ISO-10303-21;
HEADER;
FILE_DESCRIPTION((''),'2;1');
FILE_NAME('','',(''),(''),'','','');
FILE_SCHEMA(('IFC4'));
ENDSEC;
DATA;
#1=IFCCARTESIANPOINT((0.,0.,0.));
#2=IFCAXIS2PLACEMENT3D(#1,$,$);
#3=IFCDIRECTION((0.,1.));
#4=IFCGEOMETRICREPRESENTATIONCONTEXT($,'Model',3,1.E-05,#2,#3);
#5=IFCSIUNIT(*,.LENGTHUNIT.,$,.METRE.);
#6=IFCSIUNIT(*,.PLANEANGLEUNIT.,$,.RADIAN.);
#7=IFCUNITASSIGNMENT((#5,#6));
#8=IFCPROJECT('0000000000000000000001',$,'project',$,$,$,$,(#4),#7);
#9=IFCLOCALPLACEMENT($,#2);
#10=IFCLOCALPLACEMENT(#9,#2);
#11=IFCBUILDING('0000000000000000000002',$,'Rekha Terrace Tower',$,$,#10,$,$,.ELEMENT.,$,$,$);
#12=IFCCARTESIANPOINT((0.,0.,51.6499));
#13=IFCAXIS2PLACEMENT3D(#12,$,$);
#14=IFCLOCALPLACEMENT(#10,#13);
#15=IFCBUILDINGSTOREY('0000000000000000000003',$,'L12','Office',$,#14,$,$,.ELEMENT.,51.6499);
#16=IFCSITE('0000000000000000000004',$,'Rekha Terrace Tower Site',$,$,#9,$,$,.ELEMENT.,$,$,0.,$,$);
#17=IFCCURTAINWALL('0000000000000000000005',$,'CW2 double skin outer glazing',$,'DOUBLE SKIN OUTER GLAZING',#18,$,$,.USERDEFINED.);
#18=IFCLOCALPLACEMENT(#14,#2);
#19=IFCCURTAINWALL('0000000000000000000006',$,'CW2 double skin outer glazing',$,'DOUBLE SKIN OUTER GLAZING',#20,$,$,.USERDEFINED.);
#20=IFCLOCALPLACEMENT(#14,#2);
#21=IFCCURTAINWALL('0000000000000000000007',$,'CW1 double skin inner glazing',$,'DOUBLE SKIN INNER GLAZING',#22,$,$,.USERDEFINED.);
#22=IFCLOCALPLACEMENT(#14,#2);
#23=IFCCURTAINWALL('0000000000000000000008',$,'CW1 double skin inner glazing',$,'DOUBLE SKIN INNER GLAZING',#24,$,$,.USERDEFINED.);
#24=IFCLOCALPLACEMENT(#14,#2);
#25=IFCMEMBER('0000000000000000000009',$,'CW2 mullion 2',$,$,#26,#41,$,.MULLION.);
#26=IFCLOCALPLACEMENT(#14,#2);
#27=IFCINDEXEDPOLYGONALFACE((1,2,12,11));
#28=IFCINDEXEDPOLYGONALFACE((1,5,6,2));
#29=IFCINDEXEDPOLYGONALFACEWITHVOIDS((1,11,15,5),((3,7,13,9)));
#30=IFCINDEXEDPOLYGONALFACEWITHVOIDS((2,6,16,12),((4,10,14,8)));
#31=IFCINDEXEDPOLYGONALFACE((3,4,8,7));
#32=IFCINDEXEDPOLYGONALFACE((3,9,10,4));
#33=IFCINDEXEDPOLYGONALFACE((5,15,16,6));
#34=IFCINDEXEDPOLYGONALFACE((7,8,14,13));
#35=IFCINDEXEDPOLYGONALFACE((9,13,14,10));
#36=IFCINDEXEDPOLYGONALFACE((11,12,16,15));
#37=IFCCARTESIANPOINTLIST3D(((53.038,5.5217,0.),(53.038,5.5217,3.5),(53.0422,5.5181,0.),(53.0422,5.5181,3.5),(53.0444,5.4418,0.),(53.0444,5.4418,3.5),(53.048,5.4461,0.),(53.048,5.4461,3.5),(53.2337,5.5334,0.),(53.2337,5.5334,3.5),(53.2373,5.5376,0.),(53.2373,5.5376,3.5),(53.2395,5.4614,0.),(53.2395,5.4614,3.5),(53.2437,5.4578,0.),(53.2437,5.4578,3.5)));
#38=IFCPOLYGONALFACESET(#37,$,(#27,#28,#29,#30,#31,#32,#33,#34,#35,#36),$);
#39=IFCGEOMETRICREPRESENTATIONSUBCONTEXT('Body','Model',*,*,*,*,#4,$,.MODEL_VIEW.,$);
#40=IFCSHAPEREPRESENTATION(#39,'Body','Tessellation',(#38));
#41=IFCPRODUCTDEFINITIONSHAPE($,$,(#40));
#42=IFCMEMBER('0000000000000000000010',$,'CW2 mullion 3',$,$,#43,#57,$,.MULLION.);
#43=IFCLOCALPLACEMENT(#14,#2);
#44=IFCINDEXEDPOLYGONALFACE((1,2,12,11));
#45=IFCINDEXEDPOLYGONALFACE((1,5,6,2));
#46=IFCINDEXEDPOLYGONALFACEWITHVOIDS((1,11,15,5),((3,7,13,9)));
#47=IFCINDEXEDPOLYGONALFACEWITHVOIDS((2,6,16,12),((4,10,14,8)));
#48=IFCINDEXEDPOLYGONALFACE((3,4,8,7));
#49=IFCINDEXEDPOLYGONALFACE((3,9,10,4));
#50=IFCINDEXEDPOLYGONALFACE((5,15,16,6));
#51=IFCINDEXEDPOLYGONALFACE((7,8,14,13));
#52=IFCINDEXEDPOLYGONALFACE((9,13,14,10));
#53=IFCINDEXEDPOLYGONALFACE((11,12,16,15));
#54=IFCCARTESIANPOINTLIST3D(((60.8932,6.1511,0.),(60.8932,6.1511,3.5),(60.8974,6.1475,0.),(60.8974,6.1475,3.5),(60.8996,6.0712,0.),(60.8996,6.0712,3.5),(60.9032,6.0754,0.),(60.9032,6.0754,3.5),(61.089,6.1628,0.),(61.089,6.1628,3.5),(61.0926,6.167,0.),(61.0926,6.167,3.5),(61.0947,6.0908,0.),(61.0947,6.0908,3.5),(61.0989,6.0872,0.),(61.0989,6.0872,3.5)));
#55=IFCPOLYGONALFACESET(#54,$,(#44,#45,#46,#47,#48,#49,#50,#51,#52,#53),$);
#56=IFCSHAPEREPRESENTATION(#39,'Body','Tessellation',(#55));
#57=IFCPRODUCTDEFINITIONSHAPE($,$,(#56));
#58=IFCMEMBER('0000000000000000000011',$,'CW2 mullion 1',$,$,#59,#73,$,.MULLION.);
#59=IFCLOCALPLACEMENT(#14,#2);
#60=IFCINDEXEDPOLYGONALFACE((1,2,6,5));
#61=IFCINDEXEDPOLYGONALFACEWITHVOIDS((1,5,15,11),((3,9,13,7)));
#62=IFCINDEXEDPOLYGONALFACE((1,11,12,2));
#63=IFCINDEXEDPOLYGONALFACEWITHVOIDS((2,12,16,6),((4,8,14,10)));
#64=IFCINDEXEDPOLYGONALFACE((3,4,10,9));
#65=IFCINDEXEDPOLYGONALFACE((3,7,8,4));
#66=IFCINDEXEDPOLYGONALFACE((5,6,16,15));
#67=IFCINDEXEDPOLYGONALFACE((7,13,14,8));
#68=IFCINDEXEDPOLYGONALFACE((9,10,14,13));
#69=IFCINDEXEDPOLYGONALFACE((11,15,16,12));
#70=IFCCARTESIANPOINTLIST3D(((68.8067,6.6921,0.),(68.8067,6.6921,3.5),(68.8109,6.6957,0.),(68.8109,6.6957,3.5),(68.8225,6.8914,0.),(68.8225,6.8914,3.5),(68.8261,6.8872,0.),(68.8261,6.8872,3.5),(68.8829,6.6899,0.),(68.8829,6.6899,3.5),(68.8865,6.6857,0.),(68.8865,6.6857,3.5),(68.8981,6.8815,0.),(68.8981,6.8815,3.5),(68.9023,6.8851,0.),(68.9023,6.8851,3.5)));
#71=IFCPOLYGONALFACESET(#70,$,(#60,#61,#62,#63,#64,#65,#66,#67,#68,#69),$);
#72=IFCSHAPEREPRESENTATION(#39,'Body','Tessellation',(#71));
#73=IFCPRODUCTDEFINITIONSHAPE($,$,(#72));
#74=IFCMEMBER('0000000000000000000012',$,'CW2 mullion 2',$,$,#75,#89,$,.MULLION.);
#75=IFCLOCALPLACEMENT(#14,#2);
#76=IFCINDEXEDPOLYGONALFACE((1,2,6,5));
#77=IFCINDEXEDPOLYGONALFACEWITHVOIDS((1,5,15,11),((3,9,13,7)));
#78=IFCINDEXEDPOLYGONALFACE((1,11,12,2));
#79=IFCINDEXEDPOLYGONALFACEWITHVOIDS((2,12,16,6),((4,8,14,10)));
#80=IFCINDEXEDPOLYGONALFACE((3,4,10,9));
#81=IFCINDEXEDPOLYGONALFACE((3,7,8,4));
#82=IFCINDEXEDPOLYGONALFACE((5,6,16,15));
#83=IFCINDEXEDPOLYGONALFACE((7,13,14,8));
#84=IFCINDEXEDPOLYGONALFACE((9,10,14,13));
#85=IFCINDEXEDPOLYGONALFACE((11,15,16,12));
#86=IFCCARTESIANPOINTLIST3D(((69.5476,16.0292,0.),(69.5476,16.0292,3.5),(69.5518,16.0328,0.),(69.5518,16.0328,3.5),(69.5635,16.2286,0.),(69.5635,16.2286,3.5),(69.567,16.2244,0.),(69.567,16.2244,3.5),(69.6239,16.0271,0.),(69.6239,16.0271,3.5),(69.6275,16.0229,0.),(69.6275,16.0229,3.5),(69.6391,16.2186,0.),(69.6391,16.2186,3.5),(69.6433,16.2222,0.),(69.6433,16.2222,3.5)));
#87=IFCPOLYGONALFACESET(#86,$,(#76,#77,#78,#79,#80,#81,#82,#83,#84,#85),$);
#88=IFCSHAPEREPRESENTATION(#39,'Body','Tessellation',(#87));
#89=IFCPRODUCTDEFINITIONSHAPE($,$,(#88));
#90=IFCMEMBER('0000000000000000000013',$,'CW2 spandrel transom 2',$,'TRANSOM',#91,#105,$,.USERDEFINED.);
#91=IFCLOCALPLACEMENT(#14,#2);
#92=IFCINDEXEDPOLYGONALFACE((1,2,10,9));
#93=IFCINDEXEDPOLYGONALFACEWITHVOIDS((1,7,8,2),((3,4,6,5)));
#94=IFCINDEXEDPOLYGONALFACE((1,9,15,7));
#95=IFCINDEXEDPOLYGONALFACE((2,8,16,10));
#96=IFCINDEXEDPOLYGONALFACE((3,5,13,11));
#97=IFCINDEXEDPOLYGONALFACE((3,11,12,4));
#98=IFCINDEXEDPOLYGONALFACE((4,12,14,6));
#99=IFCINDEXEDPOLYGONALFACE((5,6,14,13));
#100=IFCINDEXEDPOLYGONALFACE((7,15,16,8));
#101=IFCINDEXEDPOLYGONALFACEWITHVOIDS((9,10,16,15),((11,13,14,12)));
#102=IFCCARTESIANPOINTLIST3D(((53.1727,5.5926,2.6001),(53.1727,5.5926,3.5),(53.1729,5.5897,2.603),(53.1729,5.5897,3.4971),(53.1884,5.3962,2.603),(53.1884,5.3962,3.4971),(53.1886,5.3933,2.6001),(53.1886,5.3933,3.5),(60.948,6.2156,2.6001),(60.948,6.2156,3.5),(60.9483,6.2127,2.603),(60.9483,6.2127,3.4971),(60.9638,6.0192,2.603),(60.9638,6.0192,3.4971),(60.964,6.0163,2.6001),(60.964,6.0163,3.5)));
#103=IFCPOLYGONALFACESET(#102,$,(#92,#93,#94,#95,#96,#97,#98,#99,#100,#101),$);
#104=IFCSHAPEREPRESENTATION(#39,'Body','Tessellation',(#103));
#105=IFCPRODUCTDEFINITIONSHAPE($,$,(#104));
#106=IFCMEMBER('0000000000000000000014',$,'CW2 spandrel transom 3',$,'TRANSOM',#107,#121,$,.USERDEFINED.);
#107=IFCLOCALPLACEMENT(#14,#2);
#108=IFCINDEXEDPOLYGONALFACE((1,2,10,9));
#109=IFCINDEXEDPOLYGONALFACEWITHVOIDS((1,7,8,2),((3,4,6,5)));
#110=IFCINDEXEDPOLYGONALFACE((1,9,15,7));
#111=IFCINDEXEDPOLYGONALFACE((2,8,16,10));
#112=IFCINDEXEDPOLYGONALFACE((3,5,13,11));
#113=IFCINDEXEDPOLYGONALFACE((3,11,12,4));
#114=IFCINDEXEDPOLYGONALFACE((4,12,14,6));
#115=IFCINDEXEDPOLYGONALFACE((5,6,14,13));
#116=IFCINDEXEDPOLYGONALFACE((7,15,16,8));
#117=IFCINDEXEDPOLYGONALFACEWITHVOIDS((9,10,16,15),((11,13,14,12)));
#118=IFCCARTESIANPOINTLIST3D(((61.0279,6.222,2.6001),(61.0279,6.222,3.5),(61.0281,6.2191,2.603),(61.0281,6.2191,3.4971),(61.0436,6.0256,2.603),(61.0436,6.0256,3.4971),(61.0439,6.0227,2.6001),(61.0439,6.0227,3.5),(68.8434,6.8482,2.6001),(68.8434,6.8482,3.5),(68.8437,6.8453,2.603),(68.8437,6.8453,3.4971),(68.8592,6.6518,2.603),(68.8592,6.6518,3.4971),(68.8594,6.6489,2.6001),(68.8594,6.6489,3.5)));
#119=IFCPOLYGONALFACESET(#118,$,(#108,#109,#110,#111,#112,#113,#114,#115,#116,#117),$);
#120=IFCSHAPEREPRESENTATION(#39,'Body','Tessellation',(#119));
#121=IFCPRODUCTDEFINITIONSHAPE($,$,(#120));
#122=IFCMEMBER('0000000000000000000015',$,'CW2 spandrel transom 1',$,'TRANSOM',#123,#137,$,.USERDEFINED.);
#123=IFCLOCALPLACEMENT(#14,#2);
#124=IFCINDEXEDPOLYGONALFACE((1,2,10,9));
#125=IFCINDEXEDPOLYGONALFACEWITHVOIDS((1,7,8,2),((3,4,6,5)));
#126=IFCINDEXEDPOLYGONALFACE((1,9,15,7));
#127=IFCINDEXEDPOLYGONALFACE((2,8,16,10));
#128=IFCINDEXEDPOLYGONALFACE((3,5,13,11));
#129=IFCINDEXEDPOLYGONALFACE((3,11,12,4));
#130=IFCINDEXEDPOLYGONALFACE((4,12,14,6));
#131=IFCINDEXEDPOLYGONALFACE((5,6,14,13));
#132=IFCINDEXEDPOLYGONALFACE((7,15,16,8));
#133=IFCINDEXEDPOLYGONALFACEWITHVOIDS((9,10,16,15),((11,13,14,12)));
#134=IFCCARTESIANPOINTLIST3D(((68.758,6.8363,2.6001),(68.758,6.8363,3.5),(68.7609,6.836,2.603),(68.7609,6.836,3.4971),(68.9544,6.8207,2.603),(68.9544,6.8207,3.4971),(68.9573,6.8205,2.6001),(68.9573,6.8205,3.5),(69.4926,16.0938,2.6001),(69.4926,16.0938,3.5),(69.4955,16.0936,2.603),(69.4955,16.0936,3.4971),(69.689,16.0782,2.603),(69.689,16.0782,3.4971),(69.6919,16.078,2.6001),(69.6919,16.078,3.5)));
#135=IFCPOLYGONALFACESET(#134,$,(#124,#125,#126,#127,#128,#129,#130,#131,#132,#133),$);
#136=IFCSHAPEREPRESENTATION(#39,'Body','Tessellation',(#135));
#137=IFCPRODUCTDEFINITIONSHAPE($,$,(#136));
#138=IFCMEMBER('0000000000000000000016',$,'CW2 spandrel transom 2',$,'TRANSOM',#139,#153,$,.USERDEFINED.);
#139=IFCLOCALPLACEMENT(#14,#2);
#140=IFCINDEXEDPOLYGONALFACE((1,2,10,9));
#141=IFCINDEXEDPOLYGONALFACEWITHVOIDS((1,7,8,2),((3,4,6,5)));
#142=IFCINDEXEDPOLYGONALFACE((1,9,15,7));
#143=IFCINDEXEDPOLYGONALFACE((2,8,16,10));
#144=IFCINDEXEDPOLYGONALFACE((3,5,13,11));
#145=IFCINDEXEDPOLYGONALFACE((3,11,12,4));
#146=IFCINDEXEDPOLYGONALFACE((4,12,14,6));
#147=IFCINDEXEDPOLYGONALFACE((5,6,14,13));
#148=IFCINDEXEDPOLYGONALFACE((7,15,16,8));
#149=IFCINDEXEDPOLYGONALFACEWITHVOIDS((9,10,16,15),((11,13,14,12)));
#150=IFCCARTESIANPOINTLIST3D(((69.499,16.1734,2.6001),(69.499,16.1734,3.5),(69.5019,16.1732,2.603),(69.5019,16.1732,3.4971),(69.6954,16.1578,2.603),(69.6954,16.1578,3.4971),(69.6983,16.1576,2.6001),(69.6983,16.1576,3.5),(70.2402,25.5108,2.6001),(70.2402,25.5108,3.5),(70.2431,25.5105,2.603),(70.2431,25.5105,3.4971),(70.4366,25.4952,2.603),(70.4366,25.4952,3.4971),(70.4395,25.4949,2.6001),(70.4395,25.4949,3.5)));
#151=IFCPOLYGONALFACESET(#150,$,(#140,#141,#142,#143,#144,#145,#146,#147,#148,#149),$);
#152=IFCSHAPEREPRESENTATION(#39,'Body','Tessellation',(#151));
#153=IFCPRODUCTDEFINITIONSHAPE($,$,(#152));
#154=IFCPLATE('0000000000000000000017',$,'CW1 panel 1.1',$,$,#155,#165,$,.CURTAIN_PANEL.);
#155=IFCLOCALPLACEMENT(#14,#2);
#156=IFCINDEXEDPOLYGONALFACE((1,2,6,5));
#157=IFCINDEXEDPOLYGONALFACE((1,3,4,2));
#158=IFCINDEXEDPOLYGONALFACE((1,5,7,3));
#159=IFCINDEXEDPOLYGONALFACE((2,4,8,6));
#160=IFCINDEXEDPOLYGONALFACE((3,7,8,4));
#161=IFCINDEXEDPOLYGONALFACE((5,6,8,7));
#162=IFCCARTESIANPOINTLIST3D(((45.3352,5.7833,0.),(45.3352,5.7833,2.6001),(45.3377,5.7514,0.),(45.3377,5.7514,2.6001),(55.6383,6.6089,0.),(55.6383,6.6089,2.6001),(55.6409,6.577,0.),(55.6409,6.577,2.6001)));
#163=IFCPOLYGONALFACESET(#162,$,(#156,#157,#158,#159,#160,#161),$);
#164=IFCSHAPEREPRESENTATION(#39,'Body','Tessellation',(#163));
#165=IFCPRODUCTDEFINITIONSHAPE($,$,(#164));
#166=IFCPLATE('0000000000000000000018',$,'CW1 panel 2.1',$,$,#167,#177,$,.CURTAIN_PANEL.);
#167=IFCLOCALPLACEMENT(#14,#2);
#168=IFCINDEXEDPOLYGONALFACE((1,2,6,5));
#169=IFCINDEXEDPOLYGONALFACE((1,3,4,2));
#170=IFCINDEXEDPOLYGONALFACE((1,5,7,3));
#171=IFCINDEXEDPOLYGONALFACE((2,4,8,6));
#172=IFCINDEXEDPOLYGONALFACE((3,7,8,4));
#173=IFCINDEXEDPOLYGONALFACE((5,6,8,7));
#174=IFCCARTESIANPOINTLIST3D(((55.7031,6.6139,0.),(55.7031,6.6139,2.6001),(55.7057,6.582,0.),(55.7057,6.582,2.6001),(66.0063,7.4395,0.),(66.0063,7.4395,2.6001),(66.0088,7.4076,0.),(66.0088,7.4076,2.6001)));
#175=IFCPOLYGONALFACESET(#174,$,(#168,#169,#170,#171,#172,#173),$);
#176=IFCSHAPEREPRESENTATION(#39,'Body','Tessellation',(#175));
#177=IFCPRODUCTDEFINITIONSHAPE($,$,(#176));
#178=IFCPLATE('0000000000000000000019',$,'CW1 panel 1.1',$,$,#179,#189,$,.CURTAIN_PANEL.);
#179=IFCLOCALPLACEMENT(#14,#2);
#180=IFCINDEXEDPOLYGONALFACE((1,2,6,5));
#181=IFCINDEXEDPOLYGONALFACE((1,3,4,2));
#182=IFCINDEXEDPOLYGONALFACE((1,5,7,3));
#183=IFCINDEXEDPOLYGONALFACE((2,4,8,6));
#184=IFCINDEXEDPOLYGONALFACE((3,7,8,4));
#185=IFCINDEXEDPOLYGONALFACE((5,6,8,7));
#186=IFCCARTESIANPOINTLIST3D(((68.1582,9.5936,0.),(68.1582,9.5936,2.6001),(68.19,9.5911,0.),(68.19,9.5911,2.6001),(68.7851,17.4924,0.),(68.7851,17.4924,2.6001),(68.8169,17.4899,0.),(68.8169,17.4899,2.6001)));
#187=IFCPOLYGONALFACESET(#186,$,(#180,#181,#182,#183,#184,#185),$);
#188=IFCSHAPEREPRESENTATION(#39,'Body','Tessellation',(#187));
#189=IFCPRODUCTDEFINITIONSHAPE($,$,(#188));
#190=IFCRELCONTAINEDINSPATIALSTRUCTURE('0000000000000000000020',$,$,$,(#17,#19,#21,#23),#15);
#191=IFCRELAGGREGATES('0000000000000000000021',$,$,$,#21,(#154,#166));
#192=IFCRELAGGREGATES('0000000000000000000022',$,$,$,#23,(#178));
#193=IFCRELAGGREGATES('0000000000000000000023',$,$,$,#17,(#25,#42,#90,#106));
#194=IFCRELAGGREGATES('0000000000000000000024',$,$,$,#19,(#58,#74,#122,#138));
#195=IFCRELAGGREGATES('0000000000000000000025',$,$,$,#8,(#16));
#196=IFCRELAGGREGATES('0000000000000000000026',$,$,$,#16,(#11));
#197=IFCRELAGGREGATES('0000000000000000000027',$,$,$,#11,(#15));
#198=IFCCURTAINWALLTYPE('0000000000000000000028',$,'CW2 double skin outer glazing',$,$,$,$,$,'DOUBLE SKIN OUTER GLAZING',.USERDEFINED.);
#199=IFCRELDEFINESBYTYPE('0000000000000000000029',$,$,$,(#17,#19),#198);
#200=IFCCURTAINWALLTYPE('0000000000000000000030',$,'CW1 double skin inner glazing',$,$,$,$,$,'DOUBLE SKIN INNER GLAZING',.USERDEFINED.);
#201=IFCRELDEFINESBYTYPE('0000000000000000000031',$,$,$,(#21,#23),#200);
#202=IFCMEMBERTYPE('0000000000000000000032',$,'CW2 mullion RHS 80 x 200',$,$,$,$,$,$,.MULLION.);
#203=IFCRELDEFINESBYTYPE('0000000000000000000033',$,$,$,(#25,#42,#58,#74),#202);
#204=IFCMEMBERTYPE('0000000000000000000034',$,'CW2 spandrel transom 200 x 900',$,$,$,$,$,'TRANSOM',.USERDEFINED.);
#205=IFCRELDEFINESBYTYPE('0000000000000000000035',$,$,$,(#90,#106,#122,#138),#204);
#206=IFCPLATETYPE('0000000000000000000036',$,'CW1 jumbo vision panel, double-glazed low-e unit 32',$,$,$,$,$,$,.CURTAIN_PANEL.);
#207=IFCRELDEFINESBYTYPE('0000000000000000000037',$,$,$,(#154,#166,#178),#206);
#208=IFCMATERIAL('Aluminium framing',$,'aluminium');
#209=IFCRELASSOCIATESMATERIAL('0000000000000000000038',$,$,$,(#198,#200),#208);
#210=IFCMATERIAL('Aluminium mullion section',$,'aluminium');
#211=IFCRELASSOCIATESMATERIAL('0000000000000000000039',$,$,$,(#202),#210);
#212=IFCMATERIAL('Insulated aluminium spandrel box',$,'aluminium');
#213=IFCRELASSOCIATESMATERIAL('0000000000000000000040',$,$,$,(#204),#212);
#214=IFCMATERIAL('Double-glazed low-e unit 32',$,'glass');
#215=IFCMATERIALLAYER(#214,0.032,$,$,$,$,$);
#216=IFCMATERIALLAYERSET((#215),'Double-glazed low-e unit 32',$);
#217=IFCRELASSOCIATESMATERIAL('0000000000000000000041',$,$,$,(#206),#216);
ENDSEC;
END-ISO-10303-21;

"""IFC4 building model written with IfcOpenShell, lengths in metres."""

from ifc_helpers import new_model, si_unit, direction, frame, origin, origin_2d, place, context, subcontext, project, spatial, rectangle, hollow_rectangle, extrude, material, layer, layer_set, material_profile, profile_set, type_object, element, aggregate, save


model = new_model("IFC4")

# Units and contexts
model_context = context("Model", 3, precision=1e-05, world=origin(), true_north=direction((0.0, 1.0)))
body_context = subcontext(model_context, "Body", "Model", "MODEL_VIEW")
ifc_project = project(units=[si_unit("LENGTHUNIT", "METRE"), si_unit("PLANEANGLEUNIT", "RADIAN")], contexts=[model_context])

# Site, building, storey
site_placement = place(None, origin())
site = spatial("IfcSite", under=ifc_project, at=site_placement, Name="Rekha Terrace Tower Site", CompositionType="ELEMENT", RefElevation=0.0)
building_placement = place(site_placement, origin())
building = spatial("IfcBuilding", under=site, at=building_placement, Name="Rekha Terrace Tower", CompositionType="ELEMENT")
storey_placement = place(building_placement, frame((0.0, 0.0, 51.6499)))
storey = spatial("IfcBuildingStorey", under=building, at=storey_placement, Name="L12", Description="Office", CompositionType="ELEMENT", Elevation=51.6499)

# Curtain wall
ifc_material_1 = material(Name="Aluminium framing", Category="aluminium")
curtain_wall_type_1 = type_object("IfcCurtainWallType", Name="CW2 double skin outer glazing", ElementType="DOUBLE SKIN OUTER GLAZING", PredefinedType="USERDEFINED", material=ifc_material_1)
curtain_wall_1_placement = place(storey_placement, origin())
curtain_wall_1 = element("IfcCurtainWall", 1, at=curtain_wall_1_placement, inside=storey, type_object=curtain_wall_type_1, Name="CW2 double skin outer glazing", ObjectType="DOUBLE SKIN OUTER GLAZING", PredefinedType="USERDEFINED")

# Curtain wall
curtain_wall_2_placement = place(storey_placement, origin())
curtain_wall_2 = element("IfcCurtainWall", 2, at=curtain_wall_2_placement, inside=storey, type_object=curtain_wall_type_1, Name="CW2 double skin outer glazing", ObjectType="DOUBLE SKIN OUTER GLAZING", PredefinedType="USERDEFINED")

# Curtain wall
curtain_wall_type_2 = type_object("IfcCurtainWallType", Name="CW1 double skin inner glazing", ElementType="DOUBLE SKIN INNER GLAZING", PredefinedType="USERDEFINED", material=ifc_material_1)
curtain_wall_3_placement = place(storey_placement, origin())
curtain_wall_3 = element("IfcCurtainWall", 3, at=curtain_wall_3_placement, inside=storey, type_object=curtain_wall_type_2, Name="CW1 double skin inner glazing", ObjectType="DOUBLE SKIN INNER GLAZING", PredefinedType="USERDEFINED")
ifc_material_2 = material(Name="Aluminium mullion section", Category="aluminium")

# Curtain wall
curtain_wall_4_placement = place(storey_placement, origin())
curtain_wall_4 = element("IfcCurtainWall", 4, at=curtain_wall_4_placement, inside=storey, type_object=curtain_wall_type_2, Name="CW1 double skin inner glazing", ObjectType="DOUBLE SKIN INNER GLAZING", PredefinedType="USERDEFINED")

# Members
ifc_material_3 = material(Name="Insulated aluminium spandrel box", Category="aluminium")
ifc_material_profile_1 = material_profile(ifc_material_2, hollow_rectangle(XDim=0.0801, YDim=0.2, WallThickness=0.0039, at=origin_2d()), Name="AL RHS 80x200")
ifc_profile_set_1 = profile_set([ifc_material_profile_1], Name="Aluminium mullion section")
member_type_1 = type_object("IfcMemberType", Name="CW2 mullion RHS 80 x 200", PredefinedType="MULLION", material=ifc_profile_set_1)
member_1_placement = place(storey_placement, frame((53.1409, 5.4897, 0.0), z_axis=(0.0, 0.0, 1.0), x_axis=(-0.079872, 0.996805, 0.0)))
member_1 = element("IfcMember", 5, at=member_1_placement, type_object=member_type_1, Name="CW2 mullion 2", PredefinedType="MULLION", context=body_context, shape_type="SweptSolid", body=[
    extrude(hollow_rectangle(XDim=0.0801, YDim=0.2, WallThickness=0.0039, at=origin_2d()), origin(), (0.0, 0.0, 1.0), 3.5),
])
member_2_placement = place(storey_placement, frame((60.9961, 6.1191, 0.0), z_axis=(0.0, 0.0, 1.0), x_axis=(-0.079872, 0.996805, 0.0)))
member_2 = element("IfcMember", 6, at=member_2_placement, type_object=member_type_1, Name="CW2 mullion 3", PredefinedType="MULLION", context=body_context, shape_type="SweptSolid", body=[
    extrude(hollow_rectangle(XDim=0.0801, YDim=0.2, WallThickness=0.0039, at=origin_2d()), origin(), (0.0, 0.0, 1.0), 3.5),
])
member_3_placement = place(storey_placement, frame((68.8545, 6.7886, 0.0), z_axis=(0.0, 0.0, 1.0), x_axis=(-0.996865, 0.079116, 0.0)))
member_3 = element("IfcMember", 7, at=member_3_placement, type_object=member_type_1, Name="CW2 mullion 1", PredefinedType="MULLION", context=body_context, shape_type="SweptSolid", body=[
    extrude(hollow_rectangle(XDim=0.0801, YDim=0.2, WallThickness=0.0039, at=origin_2d()), origin(), (0.0, 0.0, 1.0), 3.5),
])
member_4_placement = place(storey_placement, frame((69.5955, 16.1257, 0.0), z_axis=(0.0, 0.0, 1.0), x_axis=(-0.996865, 0.079116, 0.0)))
member_4 = element("IfcMember", 8, at=member_4_placement, type_object=member_type_1, Name="CW2 mullion 2", PredefinedType="MULLION", context=body_context, shape_type="SweptSolid", body=[
    extrude(hollow_rectangle(XDim=0.0801, YDim=0.2, WallThickness=0.0039, at=origin_2d()), origin(), (0.0, 0.0, 1.0), 3.5),
])
ifc_material_profile_2 = material_profile(ifc_material_3, hollow_rectangle(XDim=0.2, YDim=0.8999, WallThickness=0.0029, at=origin_2d()), Name="AL SPANDREL BOX 200x900")
ifc_profile_set_2 = profile_set([ifc_material_profile_2], Name="Insulated aluminium spandrel box")
member_type_2 = type_object("IfcMemberType", Name="CW2 spandrel transom 200 x 900", ElementType="TRANSOM", PredefinedType="USERDEFINED", material=ifc_profile_set_2)
member_5_placement = place(storey_placement, frame((53.1807, 5.4929, 3.05), z_axis=(0.996805, 0.079875, 0.0), x_axis=(-0.079875, 0.996805, 0.0)))
member_5 = element("IfcMember", 9, at=member_5_placement, type_object=member_type_2, Name="CW2 spandrel transom 2", ObjectType="TRANSOM", PredefinedType="USERDEFINED", context=body_context, shape_type="SweptSolid", body=[
    extrude(hollow_rectangle(XDim=0.2, YDim=0.8999, WallThickness=0.0029, at=origin_2d()), origin(), (0.0, 0.0, 1.0), 7.8003),
])
member_6_placement = place(storey_placement, frame((61.0359, 6.1223, 3.05), z_axis=(0.996805, 0.07987, 0.0), x_axis=(-0.07987, 0.996805, 0.0)))
member_6 = element("IfcMember", 10, at=member_6_placement, type_object=member_type_2, Name="CW2 spandrel transom 3", ObjectType="TRANSOM", PredefinedType="USERDEFINED", context=body_context, shape_type="SweptSolid", body=[
    extrude(hollow_rectangle(XDim=0.2, YDim=0.8999, WallThickness=0.0029, at=origin_2d()), origin(), (0.0, 0.0, 1.0), 7.8406),
])
member_7_placement = place(storey_placement, frame((68.8577, 6.8284, 3.05), z_axis=(0.079105, 0.996866, 0.0), x_axis=(-0.996866, 0.079105, 0.0)))
member_7 = element("IfcMember", 11, at=member_7_placement, type_object=member_type_2, Name="CW2 spandrel transom 1", ObjectType="TRANSOM", PredefinedType="USERDEFINED", context=body_context, shape_type="SweptSolid", body=[
    extrude(hollow_rectangle(XDim=0.2, YDim=0.8999, WallThickness=0.0029, at=origin_2d()), origin(), (0.0, 0.0, 1.0), 9.2866),
])
member_8_placement = place(storey_placement, frame((69.5986, 16.1655, 3.05), z_axis=(0.079132, 0.996864, 0.0), x_axis=(-0.996864, 0.079132, 0.0)))
member_8 = element("IfcMember", 12, at=member_8_placement, type_object=member_type_2, Name="CW2 spandrel transom 2", ObjectType="TRANSOM", PredefinedType="USERDEFINED", context=body_context, shape_type="SweptSolid", body=[
    extrude(hollow_rectangle(XDim=0.2, YDim=0.8999, WallThickness=0.0029, at=origin_2d()), origin(), (0.0, 0.0, 1.0), 9.3667),
])

# Plates
ifc_material_4 = material(Name="Double-glazed low-e unit 32", Category="glass")
ifc_layer_1 = layer(ifc_material_4, 0.032)
ifc_layer_set_1 = layer_set([ifc_layer_1], Name="Double-glazed low-e unit 32")
plate_type_1 = type_object("IfcPlateType", Name="CW1 jumbo vision panel, double-glazed low-e unit 32", PredefinedType="CURTAIN_PANEL", material=ifc_layer_set_1)
plate_1_placement = place(storey_placement, frame((50.488, 6.1802, 0.0), z_axis=(0.0, 0.0, 1.0), x_axis=(0.996805, 0.079872, 0.0)))
plate_1 = element("IfcPlate", 13, at=plate_1_placement, type_object=plate_type_1, Name="CW1 panel 1.1", PredefinedType="CURTAIN_PANEL", context=body_context, shape_type="SweptSolid", body=[
    extrude(rectangle(XDim=10.3362, YDim=0.032, at=origin_2d()), origin(), (0.0, 0.0, 1.0), 2.6001),
])
plate_2_placement = place(storey_placement, frame((60.856, 7.0107, 0.0), z_axis=(0.0, 0.0, 1.0), x_axis=(0.996805, 0.079872, 0.0)))
plate_2 = element("IfcPlate", 14, at=plate_2_placement, type_object=plate_type_1, Name="CW1 panel 2.1", PredefinedType="CURTAIN_PANEL", context=body_context, shape_type="SweptSolid", body=[
    extrude(rectangle(XDim=10.3362, YDim=0.032, at=origin_2d()), origin(), (0.0, 0.0, 1.0), 2.6001),
])
aggregate(curtain_wall_3, [plate_1, plate_2])
plate_3_placement = place(storey_placement, frame((68.4875, 13.5417, 0.0), z_axis=(0.0, 0.0, 1.0), x_axis=(0.079116, 0.996865, 0.0)))
plate_3 = element("IfcPlate", 15, at=plate_3_placement, type_object=plate_type_1, Name="CW1 panel 1.1", PredefinedType="CURTAIN_PANEL", context=body_context, shape_type="SweptSolid", body=[
    extrude(rectangle(XDim=7.9236, YDim=0.032, at=origin_2d()), origin(), (0.0, 0.0, 1.0), 2.6001),
])
aggregate(curtain_wall_4, [plate_3])
aggregate(curtain_wall_1, [member_1, member_2, member_5, member_6])
aggregate(curtain_wall_2, [member_3, member_4, member_7, member_8])

save(model, "model.ifc")
